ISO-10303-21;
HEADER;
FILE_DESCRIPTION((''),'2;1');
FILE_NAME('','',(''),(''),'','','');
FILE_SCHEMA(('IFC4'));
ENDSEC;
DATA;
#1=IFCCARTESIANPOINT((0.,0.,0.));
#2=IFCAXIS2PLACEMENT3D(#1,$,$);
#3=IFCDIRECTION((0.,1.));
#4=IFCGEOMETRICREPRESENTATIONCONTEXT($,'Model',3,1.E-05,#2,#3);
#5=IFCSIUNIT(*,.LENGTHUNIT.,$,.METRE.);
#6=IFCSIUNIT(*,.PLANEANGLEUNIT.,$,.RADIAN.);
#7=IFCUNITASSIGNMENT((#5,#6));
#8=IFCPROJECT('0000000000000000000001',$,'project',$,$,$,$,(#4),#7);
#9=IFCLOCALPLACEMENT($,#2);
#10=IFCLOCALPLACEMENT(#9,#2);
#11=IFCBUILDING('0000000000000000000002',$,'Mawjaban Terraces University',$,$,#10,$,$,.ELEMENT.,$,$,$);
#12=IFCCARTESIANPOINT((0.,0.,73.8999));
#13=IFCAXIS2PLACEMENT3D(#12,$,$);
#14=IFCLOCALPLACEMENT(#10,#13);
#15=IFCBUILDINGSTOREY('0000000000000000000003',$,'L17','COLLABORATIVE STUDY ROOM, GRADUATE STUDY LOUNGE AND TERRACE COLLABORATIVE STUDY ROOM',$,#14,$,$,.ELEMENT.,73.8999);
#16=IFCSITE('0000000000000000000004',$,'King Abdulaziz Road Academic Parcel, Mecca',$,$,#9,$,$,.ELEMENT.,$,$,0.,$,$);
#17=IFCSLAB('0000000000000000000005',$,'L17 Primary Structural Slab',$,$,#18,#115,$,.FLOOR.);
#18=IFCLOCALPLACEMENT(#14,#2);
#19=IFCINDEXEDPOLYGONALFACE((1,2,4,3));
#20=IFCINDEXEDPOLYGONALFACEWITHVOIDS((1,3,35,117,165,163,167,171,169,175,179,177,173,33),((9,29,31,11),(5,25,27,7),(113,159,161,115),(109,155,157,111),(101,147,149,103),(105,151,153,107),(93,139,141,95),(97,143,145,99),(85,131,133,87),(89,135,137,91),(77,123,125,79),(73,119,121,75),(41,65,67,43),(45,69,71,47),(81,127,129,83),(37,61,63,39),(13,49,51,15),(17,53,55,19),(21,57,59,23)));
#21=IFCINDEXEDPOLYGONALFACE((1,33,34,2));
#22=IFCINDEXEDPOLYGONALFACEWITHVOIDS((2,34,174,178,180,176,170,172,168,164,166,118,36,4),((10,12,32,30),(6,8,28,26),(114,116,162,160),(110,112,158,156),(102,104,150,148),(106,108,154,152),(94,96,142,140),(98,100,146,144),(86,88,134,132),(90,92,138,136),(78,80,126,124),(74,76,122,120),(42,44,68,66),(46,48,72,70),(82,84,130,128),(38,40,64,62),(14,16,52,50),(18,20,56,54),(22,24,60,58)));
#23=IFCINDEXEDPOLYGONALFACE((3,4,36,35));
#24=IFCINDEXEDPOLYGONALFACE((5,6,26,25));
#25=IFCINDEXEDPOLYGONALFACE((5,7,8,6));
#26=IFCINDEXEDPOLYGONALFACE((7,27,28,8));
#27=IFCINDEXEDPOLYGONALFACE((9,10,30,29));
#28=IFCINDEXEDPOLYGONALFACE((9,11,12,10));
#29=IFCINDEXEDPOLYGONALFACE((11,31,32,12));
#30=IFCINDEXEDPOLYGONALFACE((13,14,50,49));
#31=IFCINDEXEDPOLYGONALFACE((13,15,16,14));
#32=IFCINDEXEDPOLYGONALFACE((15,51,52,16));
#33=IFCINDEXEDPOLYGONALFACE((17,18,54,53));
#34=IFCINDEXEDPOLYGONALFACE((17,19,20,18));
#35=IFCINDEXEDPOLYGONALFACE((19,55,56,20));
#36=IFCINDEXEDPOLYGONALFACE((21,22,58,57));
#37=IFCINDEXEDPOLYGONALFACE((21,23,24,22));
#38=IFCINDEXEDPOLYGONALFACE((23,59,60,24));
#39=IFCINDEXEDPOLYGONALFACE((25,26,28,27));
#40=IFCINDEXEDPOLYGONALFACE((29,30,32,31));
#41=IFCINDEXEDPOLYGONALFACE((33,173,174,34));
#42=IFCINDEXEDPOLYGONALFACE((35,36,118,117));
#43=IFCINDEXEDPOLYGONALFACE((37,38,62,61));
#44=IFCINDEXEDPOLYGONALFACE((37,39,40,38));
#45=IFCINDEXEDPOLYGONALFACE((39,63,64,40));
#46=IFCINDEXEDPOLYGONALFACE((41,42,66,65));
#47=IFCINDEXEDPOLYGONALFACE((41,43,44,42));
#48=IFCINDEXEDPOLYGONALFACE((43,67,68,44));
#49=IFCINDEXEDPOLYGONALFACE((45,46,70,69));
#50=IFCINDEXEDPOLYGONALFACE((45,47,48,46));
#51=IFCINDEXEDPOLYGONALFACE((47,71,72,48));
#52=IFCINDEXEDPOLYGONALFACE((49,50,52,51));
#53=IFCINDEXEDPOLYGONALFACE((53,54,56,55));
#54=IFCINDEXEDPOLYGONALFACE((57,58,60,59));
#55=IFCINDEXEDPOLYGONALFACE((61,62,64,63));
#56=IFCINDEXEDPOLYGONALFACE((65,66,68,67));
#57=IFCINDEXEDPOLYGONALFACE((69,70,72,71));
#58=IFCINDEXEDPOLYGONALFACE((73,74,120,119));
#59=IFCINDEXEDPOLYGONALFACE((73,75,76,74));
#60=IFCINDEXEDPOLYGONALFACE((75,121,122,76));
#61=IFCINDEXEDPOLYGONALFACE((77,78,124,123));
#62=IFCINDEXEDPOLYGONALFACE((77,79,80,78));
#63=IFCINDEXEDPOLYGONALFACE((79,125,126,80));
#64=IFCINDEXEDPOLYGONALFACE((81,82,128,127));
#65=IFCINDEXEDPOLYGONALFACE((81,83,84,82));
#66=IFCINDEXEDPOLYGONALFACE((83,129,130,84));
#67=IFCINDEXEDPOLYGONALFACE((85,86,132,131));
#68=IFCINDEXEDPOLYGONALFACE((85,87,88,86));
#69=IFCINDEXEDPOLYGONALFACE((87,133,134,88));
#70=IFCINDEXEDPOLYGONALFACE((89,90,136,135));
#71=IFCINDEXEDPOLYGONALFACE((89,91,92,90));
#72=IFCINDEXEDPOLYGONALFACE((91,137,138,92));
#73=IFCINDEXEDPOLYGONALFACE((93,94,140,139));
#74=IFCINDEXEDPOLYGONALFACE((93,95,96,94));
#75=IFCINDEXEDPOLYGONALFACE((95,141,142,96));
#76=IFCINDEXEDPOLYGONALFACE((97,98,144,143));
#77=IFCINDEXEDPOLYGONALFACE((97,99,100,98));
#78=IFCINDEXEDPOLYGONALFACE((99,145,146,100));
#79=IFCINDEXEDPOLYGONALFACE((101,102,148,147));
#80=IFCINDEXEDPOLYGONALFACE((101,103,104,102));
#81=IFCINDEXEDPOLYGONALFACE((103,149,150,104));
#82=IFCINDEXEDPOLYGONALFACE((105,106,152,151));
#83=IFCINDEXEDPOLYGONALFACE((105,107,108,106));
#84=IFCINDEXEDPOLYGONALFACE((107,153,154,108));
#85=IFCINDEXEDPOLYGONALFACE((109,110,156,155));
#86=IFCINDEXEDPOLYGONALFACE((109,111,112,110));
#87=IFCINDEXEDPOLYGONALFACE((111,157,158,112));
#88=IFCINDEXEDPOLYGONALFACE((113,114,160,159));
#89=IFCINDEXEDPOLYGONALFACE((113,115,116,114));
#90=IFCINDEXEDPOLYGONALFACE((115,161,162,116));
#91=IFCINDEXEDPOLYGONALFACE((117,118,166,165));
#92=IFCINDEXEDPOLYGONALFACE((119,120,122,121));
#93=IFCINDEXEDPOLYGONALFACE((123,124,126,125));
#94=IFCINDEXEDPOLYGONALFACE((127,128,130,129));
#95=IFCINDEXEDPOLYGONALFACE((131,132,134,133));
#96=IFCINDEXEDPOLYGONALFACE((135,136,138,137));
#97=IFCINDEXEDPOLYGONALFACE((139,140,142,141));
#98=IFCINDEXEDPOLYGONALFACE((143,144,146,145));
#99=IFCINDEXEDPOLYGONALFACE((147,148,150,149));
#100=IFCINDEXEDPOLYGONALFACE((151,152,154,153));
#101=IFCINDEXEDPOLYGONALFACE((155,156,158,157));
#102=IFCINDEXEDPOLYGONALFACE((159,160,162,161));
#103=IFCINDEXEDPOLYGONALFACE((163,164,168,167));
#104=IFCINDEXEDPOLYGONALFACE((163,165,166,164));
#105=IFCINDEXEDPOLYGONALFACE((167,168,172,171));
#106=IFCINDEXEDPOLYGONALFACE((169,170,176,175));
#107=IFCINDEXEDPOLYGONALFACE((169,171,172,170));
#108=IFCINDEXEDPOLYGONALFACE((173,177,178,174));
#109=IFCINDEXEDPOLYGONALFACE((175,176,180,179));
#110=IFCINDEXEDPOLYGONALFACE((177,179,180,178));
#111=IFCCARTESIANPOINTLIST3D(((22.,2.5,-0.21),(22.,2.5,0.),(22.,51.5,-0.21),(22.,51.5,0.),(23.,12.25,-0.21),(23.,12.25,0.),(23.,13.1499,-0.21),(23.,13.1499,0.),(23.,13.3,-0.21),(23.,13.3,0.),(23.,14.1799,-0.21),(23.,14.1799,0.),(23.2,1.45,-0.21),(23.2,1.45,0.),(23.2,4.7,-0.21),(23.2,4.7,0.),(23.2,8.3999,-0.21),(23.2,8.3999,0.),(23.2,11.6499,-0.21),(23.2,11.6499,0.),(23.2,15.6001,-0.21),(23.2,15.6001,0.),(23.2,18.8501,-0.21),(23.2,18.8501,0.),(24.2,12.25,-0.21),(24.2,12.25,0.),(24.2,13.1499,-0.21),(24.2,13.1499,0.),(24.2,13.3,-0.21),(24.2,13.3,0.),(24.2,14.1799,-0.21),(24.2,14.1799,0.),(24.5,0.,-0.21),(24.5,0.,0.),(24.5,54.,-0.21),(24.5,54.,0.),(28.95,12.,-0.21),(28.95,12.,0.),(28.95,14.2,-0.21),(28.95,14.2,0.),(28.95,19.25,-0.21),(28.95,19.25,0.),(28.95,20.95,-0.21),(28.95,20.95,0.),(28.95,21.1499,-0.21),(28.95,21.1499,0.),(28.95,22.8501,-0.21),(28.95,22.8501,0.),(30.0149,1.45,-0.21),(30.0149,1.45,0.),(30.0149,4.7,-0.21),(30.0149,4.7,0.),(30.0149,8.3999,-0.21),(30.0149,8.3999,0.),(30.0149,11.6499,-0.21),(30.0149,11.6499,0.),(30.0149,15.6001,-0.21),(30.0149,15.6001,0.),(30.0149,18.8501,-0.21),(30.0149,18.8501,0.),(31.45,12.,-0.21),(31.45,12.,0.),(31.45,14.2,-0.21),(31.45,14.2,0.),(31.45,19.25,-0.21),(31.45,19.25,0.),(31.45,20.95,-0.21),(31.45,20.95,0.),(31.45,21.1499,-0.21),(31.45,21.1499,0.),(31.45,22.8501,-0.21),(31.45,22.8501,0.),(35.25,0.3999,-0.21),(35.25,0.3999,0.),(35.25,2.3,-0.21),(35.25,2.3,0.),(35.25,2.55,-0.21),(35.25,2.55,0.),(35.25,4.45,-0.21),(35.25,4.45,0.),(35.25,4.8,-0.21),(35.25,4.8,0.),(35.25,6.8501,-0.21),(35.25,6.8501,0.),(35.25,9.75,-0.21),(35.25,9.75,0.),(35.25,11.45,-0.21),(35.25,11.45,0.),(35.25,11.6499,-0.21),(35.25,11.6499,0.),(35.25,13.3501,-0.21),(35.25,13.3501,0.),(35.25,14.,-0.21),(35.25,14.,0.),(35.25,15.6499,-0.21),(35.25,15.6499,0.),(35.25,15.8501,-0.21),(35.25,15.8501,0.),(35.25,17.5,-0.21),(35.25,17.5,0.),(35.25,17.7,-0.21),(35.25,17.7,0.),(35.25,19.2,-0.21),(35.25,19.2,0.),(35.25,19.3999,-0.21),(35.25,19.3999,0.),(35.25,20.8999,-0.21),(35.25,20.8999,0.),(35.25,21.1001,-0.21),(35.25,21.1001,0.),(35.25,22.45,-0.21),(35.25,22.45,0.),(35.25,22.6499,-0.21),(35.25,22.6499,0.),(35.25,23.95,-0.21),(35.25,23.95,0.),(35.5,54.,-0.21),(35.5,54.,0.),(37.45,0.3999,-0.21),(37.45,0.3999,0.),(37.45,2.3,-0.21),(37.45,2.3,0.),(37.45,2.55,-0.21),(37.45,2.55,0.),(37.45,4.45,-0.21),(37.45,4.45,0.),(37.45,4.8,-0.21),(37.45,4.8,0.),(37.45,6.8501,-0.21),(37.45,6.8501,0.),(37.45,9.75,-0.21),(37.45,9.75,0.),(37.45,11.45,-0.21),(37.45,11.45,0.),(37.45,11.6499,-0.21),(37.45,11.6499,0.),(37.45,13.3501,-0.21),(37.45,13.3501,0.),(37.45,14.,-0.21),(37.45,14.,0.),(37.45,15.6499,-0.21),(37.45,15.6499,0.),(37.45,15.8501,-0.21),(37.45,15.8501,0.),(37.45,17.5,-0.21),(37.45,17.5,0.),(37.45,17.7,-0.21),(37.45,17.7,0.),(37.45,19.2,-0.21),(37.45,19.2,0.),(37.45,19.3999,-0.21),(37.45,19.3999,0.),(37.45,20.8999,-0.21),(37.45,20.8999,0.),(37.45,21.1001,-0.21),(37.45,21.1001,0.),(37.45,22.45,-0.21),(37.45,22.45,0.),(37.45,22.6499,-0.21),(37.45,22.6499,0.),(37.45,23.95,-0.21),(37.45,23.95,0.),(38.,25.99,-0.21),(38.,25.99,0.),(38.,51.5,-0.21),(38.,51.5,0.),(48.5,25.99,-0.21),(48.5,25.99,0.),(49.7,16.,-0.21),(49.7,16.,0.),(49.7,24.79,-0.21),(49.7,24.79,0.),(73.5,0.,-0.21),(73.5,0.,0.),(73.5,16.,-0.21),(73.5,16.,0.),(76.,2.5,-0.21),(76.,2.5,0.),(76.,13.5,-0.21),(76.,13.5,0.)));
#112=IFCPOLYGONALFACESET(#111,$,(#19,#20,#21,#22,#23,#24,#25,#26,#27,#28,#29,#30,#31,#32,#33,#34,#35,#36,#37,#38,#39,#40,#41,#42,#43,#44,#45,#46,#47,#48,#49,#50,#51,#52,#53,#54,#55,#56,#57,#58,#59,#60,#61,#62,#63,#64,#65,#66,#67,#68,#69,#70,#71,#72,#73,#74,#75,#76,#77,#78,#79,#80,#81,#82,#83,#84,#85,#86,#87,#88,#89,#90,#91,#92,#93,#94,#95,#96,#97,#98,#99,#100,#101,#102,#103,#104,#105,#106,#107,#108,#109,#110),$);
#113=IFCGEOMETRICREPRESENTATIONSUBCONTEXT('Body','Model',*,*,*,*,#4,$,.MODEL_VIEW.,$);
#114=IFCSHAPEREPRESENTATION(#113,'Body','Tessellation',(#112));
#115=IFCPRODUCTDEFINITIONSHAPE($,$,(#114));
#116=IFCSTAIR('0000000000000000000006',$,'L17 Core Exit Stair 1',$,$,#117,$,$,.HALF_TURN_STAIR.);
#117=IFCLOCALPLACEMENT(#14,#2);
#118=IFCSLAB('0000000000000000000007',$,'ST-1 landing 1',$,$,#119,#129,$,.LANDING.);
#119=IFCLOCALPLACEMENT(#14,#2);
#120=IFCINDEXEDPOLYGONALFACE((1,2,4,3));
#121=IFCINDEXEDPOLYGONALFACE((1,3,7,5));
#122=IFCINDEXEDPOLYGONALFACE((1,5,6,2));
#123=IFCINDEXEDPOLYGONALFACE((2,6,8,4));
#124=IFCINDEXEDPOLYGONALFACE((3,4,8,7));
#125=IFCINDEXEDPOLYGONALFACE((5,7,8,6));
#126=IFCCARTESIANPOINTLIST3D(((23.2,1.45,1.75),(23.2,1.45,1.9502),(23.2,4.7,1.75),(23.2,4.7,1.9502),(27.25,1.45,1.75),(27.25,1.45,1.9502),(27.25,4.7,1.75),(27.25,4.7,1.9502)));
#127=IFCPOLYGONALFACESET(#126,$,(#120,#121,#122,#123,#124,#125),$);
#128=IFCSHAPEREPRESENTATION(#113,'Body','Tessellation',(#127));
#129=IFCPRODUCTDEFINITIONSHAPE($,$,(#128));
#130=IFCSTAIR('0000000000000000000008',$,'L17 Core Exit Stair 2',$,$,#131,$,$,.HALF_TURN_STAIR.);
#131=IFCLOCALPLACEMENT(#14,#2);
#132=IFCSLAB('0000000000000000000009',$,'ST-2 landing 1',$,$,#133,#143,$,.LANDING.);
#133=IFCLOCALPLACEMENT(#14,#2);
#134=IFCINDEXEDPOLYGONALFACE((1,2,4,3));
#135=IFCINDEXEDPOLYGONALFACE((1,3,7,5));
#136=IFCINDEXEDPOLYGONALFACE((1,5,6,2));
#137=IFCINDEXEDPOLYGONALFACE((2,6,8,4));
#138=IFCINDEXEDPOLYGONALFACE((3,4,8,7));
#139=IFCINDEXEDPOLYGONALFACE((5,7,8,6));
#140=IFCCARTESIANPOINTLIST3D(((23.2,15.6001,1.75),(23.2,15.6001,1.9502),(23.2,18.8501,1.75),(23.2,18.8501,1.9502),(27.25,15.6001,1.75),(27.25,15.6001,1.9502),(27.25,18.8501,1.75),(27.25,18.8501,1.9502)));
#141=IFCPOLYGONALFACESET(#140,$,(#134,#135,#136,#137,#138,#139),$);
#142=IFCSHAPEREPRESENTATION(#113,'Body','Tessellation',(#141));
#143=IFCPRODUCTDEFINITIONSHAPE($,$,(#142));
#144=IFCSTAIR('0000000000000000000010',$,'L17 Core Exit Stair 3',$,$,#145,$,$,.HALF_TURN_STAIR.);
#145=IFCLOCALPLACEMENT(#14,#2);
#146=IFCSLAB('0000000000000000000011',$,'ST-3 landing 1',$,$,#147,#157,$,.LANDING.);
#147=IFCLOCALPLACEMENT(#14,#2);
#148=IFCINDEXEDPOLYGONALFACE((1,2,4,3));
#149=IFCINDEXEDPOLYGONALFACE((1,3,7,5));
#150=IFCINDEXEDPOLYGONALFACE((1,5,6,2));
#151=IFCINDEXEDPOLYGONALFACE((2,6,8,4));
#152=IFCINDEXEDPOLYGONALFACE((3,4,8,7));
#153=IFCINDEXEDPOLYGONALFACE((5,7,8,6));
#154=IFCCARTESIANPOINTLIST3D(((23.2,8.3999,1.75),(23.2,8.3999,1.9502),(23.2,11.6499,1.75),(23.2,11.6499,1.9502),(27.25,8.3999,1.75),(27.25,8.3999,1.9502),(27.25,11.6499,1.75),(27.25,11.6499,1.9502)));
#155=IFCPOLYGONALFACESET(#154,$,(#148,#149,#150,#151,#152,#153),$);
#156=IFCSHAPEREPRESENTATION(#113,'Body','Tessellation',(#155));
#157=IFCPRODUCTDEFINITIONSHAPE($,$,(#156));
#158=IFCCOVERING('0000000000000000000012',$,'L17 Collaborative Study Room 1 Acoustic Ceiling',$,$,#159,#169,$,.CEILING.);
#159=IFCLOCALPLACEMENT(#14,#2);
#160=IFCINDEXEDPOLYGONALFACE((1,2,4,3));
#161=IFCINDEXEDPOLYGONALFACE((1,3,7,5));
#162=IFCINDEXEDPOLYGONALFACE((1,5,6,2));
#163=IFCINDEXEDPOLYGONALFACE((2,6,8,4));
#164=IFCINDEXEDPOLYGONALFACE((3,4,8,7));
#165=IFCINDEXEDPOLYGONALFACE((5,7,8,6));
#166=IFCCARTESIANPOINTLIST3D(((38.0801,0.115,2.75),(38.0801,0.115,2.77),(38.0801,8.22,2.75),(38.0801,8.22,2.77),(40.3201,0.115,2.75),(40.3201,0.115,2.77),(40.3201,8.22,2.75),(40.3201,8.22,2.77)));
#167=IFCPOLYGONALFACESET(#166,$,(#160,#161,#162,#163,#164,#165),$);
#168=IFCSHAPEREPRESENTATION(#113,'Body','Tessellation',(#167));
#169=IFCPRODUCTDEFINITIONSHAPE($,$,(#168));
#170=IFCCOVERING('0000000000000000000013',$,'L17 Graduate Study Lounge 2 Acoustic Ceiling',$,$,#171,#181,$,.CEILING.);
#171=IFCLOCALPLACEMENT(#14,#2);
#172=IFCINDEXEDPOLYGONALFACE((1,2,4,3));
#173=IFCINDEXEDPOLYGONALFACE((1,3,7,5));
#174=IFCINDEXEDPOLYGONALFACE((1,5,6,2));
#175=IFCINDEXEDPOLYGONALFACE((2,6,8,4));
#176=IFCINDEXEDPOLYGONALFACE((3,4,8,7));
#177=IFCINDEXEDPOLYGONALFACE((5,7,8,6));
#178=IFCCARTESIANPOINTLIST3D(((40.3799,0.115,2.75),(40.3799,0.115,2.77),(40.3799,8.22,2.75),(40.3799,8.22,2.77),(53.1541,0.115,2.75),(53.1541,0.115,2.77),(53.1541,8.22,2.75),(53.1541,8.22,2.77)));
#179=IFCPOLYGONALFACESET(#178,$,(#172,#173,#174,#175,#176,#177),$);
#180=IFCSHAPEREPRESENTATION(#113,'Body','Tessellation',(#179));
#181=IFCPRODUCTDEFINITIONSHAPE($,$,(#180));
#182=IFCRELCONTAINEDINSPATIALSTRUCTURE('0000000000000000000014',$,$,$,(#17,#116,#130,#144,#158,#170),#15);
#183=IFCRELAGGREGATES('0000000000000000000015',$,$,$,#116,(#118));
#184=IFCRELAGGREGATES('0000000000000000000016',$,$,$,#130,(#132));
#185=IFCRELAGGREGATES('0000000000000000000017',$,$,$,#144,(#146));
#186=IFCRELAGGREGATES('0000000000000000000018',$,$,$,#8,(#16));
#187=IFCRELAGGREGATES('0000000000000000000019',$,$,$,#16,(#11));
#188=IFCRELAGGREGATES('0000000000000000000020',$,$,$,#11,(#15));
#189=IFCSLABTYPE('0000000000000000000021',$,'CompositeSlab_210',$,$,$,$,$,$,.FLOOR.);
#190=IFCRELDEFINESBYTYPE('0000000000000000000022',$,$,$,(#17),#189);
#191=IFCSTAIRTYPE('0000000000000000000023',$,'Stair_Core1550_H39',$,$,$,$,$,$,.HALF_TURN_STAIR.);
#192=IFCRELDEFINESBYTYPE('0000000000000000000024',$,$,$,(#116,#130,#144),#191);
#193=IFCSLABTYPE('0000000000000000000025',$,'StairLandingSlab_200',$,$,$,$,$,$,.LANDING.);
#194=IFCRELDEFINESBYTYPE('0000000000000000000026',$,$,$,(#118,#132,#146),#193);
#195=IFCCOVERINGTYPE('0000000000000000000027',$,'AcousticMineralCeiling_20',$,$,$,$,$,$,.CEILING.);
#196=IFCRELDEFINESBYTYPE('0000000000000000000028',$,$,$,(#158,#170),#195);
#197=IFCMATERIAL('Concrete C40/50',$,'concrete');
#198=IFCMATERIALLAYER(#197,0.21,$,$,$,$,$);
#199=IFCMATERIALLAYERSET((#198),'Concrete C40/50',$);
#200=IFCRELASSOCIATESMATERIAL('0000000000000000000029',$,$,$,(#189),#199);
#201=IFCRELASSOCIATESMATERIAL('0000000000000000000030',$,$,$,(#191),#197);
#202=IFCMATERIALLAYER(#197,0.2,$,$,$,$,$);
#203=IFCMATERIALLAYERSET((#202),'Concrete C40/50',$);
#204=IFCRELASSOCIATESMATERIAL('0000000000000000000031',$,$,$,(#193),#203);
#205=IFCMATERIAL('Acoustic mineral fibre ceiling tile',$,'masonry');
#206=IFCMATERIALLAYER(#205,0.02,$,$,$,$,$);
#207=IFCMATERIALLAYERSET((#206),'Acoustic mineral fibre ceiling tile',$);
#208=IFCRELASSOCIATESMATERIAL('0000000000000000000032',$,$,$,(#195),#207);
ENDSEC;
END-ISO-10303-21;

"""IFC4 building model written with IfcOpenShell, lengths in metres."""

from ifc_helpers import new_model, si_unit, direction, frame, origin, place, context, subcontext, project, spatial, polyline, outline, extrude, material, layer, layer_set, type_object, element, aggregate, save


model = new_model("IFC4")

# Units and contexts
model_context = context("Model", 3, precision=1e-05, world=origin(), true_north=direction((0.0, 1.0)))
body_context = subcontext(model_context, "Body", "Model", "MODEL_VIEW")
ifc_project = project(units=[si_unit("LENGTHUNIT", "METRE"), si_unit("PLANEANGLEUNIT", "RADIAN")], contexts=[model_context])

# Site, building, storey
site_placement = place(None, origin())
site = spatial("IfcSite", under=ifc_project, at=site_placement, Name="King Abdulaziz Road Academic Parcel, Mecca", CompositionType="ELEMENT", RefElevation=0.0)
building_placement = place(site_placement, origin())
building = spatial("IfcBuilding", under=site, at=building_placement, Name="Mawjaban Terraces University", CompositionType="ELEMENT")
storey_placement = place(building_placement, frame((0.0, 0.0, 73.8999)))
storey = spatial("IfcBuildingStorey", under=building, at=storey_placement, Name="L17", Description="COLLABORATIVE STUDY ROOM, GRADUATE STUDY LOUNGE AND TERRACE COLLABORATIVE STUDY ROOM", CompositionType="ELEMENT", Elevation=73.8999)

# Slab
ifc_material_1 = material(Name="Concrete C40/50", Category="concrete")
ifc_layer_1 = layer(ifc_material_1, 0.21)
ifc_layer_set_1 = layer_set([ifc_layer_1], Name="Concrete C40/50")
slab_type_1 = type_object("IfcSlabType", Name="CompositeSlab_210", PredefinedType="FLOOR", material=ifc_layer_set_1)
slab_1_placement = place(storey_placement, frame((0.0, 0.0, -0.21)))
element("IfcSlab", 1, at=slab_1_placement, inside=storey, type_object=slab_type_1, Name="L17 Primary Structural Slab", PredefinedType="FLOOR", context=body_context, shape_type="SweptSolid", body=[
    extrude(outline(polyline([(24.5, 0.0), (73.5, 0.0), (76.0, 2.5), (76.0, 13.5), (73.5, 16.0), (49.7, 16.0), (49.7, 24.79), (48.5, 25.99), (38.0, 25.99), (38.0, 51.5), (35.5, 54.0), (24.5, 54.0), (22.0, 51.5), (22.0, 2.5), (24.5, 0.0)]), holes=[polyline([(30.0149, 4.7), (23.2, 4.7), (23.2, 1.45), (30.0149, 1.45), (30.0149, 4.7)]), polyline([(30.0149, 18.8501), (23.2, 18.8501), (23.2, 15.6001), (30.0149, 15.6001), (30.0149, 18.8501)]), polyline([(30.0149, 11.6499), (23.2, 11.6499), (23.2, 8.3999), (30.0149, 8.3999), (30.0149, 11.6499)]), polyline([(35.25, 0.3999), (37.45, 0.3999), (37.45, 2.3), (35.25, 2.3), (35.25, 0.3999)]), polyline([(35.25, 2.55), (37.45, 2.55), (37.45, 4.45), (35.25, 4.45), (35.25, 2.55)]), polyline([(35.25, 4.8), (37.45, 4.8), (37.45, 6.8501), (35.25, 6.8501), (35.25, 4.8)]), polyline([(35.25, 9.75), (37.45, 9.75), (37.45, 11.45), (35.25, 11.45), (35.25, 9.75)]), polyline([(35.25, 11.6499), (37.45, 11.6499), (37.45, 13.3501), (35.25, 13.3501), (35.25, 11.6499)]), polyline([(28.95, 12.0), (31.45, 12.0), (31.45, 14.2), (28.95, 14.2), (28.95, 12.0)]), polyline([(35.25, 14.0), (37.45, 14.0), (37.45, 15.6499), (35.25, 15.6499), (35.25, 14.0)]), polyline([(35.25, 15.8501), (37.45, 15.8501), (37.45, 17.5), (35.25, 17.5), (35.25, 15.8501)]), polyline([(35.25, 17.7), (37.45, 17.7), (37.45, 19.2), (35.25, 19.2), (35.25, 17.7)]), polyline([(35.25, 19.3999), (37.45, 19.3999), (37.45, 20.8999), (35.25, 20.8999), (35.25, 19.3999)]), polyline([(28.95, 19.25), (31.45, 19.25), (31.45, 20.95), (28.95, 20.95), (28.95, 19.25)]), polyline([(35.25, 21.1001), (37.45, 21.1001), (37.45, 22.45), (35.25, 22.45), (35.25, 21.1001)]), polyline([(35.25, 22.6499), (37.45, 22.6499), (37.45, 23.95), (35.25, 23.95), (35.25, 22.6499)]), polyline([(28.95, 21.1499), (31.45, 21.1499), (31.45, 22.8501), (28.95, 22.8501), (28.95, 21.1499)]), polyline([(23.0, 12.25), (24.2, 12.25), (24.2, 13.1499), (23.0, 13.1499), (23.0, 12.25)]), polyline([(23.0, 13.3), (24.2, 13.3), (24.2, 14.1799), (23.0, 14.1799), (23.0, 13.3)])]), origin(), (0.0, 0.0, 1.0), 0.21),
])

# Stairs, slabs
stair_type = type_object("IfcStairType", Name="Stair_Core1550_H39", PredefinedType="HALF_TURN_STAIR", material=ifc_material_1)
stair_1_placement = place(storey_placement, origin())
stair_1 = element("IfcStair", 2, at=stair_1_placement, inside=storey, type_object=stair_type, Name="L17 Core Exit Stair 1", PredefinedType="HALF_TURN_STAIR")
ifc_layer_2 = layer(ifc_material_1, 0.2)
ifc_layer_set_2 = layer_set([ifc_layer_2], Name="Concrete C40/50")
slab_type_2 = type_object("IfcSlabType", Name="StairLandingSlab_200", PredefinedType="LANDING", material=ifc_layer_set_2)
slab_2_placement = place(storey_placement, frame((0.0, 0.0, 1.75)))
slab_2 = element("IfcSlab", 3, at=slab_2_placement, type_object=slab_type_2, Name="ST-1 landing 1", PredefinedType="LANDING", context=body_context, shape_type="SweptSolid", body=[
    extrude(outline(polyline([(27.25, 4.7), (23.2, 4.7), (23.2, 1.45), (27.25, 1.45), (27.25, 4.7)])), origin(), (0.0, 0.0, 1.0), 0.2002),
])
aggregate(stair_1, [slab_2])
stair_2_placement = place(storey_placement, origin())
stair_2 = element("IfcStair", 4, at=stair_2_placement, inside=storey, type_object=stair_type, Name="L17 Core Exit Stair 2", PredefinedType="HALF_TURN_STAIR")
slab_3_placement = place(storey_placement, frame((0.0, 0.0, 1.75)))
slab_3 = element("IfcSlab", 5, at=slab_3_placement, type_object=slab_type_2, Name="ST-2 landing 1", PredefinedType="LANDING", context=body_context, shape_type="SweptSolid", body=[
    extrude(outline(polyline([(27.25, 18.8501), (23.2, 18.8501), (23.2, 15.6001), (27.25, 15.6001), (27.25, 18.8501)])), origin(), (0.0, 0.0, 1.0), 0.2002),
])
aggregate(stair_2, [slab_3])
stair_3_placement = place(storey_placement, origin())
stair_3 = element("IfcStair", 6, at=stair_3_placement, inside=storey, type_object=stair_type, Name="L17 Core Exit Stair 3", PredefinedType="HALF_TURN_STAIR")
slab_4_placement = place(storey_placement, frame((0.0, 0.0, 1.75)))
slab_4 = element("IfcSlab", 7, at=slab_4_placement, type_object=slab_type_2, Name="ST-3 landing 1", PredefinedType="LANDING", context=body_context, shape_type="SweptSolid", body=[
    extrude(outline(polyline([(27.25, 11.6499), (23.2, 11.6499), (23.2, 8.3999), (27.25, 8.3999), (27.25, 11.6499)])), origin(), (0.0, 0.0, 1.0), 0.2002),
])
aggregate(stair_3, [slab_4])

# Coverings
ifc_material_2 = material(Name="Acoustic mineral fibre ceiling tile", Category="masonry")
ifc_layer_3 = layer(ifc_material_2, 0.02)
ifc_layer_set_3 = layer_set([ifc_layer_3], Name="Acoustic mineral fibre ceiling tile")
covering_type_1 = type_object("IfcCoveringType", Name="AcousticMineralCeiling_20", PredefinedType="CEILING", material=ifc_layer_set_3)
covering_1_placement = place(storey_placement, frame((0.0, 0.0, 2.75)))
element("IfcCovering", 8, at=covering_1_placement, inside=storey, type_object=covering_type_1, Name="L17 Collaborative Study Room 1 Acoustic Ceiling", PredefinedType="CEILING", context=body_context, shape_type="SweptSolid", body=[
    extrude(outline(polyline([(38.0801, 0.115), (40.3201, 0.115), (40.3201, 8.22), (38.0801, 8.22), (38.0801, 0.115)])), origin(), (0.0, 0.0, 1.0), 0.02),
])
covering_2_placement = place(storey_placement, frame((0.0, 0.0, 2.75)))
element("IfcCovering", 9, at=covering_2_placement, inside=storey, type_object=covering_type_1, Name="L17 Graduate Study Lounge 2 Acoustic Ceiling", PredefinedType="CEILING", context=body_context, shape_type="SweptSolid", body=[
    extrude(outline(polyline([(40.3799, 0.115), (53.1541, 0.115), (53.1541, 8.22), (40.3799, 8.22), (40.3799, 0.115)])), origin(), (0.0, 0.0, 1.0), 0.02),
])

save(model, "model.ifc")
